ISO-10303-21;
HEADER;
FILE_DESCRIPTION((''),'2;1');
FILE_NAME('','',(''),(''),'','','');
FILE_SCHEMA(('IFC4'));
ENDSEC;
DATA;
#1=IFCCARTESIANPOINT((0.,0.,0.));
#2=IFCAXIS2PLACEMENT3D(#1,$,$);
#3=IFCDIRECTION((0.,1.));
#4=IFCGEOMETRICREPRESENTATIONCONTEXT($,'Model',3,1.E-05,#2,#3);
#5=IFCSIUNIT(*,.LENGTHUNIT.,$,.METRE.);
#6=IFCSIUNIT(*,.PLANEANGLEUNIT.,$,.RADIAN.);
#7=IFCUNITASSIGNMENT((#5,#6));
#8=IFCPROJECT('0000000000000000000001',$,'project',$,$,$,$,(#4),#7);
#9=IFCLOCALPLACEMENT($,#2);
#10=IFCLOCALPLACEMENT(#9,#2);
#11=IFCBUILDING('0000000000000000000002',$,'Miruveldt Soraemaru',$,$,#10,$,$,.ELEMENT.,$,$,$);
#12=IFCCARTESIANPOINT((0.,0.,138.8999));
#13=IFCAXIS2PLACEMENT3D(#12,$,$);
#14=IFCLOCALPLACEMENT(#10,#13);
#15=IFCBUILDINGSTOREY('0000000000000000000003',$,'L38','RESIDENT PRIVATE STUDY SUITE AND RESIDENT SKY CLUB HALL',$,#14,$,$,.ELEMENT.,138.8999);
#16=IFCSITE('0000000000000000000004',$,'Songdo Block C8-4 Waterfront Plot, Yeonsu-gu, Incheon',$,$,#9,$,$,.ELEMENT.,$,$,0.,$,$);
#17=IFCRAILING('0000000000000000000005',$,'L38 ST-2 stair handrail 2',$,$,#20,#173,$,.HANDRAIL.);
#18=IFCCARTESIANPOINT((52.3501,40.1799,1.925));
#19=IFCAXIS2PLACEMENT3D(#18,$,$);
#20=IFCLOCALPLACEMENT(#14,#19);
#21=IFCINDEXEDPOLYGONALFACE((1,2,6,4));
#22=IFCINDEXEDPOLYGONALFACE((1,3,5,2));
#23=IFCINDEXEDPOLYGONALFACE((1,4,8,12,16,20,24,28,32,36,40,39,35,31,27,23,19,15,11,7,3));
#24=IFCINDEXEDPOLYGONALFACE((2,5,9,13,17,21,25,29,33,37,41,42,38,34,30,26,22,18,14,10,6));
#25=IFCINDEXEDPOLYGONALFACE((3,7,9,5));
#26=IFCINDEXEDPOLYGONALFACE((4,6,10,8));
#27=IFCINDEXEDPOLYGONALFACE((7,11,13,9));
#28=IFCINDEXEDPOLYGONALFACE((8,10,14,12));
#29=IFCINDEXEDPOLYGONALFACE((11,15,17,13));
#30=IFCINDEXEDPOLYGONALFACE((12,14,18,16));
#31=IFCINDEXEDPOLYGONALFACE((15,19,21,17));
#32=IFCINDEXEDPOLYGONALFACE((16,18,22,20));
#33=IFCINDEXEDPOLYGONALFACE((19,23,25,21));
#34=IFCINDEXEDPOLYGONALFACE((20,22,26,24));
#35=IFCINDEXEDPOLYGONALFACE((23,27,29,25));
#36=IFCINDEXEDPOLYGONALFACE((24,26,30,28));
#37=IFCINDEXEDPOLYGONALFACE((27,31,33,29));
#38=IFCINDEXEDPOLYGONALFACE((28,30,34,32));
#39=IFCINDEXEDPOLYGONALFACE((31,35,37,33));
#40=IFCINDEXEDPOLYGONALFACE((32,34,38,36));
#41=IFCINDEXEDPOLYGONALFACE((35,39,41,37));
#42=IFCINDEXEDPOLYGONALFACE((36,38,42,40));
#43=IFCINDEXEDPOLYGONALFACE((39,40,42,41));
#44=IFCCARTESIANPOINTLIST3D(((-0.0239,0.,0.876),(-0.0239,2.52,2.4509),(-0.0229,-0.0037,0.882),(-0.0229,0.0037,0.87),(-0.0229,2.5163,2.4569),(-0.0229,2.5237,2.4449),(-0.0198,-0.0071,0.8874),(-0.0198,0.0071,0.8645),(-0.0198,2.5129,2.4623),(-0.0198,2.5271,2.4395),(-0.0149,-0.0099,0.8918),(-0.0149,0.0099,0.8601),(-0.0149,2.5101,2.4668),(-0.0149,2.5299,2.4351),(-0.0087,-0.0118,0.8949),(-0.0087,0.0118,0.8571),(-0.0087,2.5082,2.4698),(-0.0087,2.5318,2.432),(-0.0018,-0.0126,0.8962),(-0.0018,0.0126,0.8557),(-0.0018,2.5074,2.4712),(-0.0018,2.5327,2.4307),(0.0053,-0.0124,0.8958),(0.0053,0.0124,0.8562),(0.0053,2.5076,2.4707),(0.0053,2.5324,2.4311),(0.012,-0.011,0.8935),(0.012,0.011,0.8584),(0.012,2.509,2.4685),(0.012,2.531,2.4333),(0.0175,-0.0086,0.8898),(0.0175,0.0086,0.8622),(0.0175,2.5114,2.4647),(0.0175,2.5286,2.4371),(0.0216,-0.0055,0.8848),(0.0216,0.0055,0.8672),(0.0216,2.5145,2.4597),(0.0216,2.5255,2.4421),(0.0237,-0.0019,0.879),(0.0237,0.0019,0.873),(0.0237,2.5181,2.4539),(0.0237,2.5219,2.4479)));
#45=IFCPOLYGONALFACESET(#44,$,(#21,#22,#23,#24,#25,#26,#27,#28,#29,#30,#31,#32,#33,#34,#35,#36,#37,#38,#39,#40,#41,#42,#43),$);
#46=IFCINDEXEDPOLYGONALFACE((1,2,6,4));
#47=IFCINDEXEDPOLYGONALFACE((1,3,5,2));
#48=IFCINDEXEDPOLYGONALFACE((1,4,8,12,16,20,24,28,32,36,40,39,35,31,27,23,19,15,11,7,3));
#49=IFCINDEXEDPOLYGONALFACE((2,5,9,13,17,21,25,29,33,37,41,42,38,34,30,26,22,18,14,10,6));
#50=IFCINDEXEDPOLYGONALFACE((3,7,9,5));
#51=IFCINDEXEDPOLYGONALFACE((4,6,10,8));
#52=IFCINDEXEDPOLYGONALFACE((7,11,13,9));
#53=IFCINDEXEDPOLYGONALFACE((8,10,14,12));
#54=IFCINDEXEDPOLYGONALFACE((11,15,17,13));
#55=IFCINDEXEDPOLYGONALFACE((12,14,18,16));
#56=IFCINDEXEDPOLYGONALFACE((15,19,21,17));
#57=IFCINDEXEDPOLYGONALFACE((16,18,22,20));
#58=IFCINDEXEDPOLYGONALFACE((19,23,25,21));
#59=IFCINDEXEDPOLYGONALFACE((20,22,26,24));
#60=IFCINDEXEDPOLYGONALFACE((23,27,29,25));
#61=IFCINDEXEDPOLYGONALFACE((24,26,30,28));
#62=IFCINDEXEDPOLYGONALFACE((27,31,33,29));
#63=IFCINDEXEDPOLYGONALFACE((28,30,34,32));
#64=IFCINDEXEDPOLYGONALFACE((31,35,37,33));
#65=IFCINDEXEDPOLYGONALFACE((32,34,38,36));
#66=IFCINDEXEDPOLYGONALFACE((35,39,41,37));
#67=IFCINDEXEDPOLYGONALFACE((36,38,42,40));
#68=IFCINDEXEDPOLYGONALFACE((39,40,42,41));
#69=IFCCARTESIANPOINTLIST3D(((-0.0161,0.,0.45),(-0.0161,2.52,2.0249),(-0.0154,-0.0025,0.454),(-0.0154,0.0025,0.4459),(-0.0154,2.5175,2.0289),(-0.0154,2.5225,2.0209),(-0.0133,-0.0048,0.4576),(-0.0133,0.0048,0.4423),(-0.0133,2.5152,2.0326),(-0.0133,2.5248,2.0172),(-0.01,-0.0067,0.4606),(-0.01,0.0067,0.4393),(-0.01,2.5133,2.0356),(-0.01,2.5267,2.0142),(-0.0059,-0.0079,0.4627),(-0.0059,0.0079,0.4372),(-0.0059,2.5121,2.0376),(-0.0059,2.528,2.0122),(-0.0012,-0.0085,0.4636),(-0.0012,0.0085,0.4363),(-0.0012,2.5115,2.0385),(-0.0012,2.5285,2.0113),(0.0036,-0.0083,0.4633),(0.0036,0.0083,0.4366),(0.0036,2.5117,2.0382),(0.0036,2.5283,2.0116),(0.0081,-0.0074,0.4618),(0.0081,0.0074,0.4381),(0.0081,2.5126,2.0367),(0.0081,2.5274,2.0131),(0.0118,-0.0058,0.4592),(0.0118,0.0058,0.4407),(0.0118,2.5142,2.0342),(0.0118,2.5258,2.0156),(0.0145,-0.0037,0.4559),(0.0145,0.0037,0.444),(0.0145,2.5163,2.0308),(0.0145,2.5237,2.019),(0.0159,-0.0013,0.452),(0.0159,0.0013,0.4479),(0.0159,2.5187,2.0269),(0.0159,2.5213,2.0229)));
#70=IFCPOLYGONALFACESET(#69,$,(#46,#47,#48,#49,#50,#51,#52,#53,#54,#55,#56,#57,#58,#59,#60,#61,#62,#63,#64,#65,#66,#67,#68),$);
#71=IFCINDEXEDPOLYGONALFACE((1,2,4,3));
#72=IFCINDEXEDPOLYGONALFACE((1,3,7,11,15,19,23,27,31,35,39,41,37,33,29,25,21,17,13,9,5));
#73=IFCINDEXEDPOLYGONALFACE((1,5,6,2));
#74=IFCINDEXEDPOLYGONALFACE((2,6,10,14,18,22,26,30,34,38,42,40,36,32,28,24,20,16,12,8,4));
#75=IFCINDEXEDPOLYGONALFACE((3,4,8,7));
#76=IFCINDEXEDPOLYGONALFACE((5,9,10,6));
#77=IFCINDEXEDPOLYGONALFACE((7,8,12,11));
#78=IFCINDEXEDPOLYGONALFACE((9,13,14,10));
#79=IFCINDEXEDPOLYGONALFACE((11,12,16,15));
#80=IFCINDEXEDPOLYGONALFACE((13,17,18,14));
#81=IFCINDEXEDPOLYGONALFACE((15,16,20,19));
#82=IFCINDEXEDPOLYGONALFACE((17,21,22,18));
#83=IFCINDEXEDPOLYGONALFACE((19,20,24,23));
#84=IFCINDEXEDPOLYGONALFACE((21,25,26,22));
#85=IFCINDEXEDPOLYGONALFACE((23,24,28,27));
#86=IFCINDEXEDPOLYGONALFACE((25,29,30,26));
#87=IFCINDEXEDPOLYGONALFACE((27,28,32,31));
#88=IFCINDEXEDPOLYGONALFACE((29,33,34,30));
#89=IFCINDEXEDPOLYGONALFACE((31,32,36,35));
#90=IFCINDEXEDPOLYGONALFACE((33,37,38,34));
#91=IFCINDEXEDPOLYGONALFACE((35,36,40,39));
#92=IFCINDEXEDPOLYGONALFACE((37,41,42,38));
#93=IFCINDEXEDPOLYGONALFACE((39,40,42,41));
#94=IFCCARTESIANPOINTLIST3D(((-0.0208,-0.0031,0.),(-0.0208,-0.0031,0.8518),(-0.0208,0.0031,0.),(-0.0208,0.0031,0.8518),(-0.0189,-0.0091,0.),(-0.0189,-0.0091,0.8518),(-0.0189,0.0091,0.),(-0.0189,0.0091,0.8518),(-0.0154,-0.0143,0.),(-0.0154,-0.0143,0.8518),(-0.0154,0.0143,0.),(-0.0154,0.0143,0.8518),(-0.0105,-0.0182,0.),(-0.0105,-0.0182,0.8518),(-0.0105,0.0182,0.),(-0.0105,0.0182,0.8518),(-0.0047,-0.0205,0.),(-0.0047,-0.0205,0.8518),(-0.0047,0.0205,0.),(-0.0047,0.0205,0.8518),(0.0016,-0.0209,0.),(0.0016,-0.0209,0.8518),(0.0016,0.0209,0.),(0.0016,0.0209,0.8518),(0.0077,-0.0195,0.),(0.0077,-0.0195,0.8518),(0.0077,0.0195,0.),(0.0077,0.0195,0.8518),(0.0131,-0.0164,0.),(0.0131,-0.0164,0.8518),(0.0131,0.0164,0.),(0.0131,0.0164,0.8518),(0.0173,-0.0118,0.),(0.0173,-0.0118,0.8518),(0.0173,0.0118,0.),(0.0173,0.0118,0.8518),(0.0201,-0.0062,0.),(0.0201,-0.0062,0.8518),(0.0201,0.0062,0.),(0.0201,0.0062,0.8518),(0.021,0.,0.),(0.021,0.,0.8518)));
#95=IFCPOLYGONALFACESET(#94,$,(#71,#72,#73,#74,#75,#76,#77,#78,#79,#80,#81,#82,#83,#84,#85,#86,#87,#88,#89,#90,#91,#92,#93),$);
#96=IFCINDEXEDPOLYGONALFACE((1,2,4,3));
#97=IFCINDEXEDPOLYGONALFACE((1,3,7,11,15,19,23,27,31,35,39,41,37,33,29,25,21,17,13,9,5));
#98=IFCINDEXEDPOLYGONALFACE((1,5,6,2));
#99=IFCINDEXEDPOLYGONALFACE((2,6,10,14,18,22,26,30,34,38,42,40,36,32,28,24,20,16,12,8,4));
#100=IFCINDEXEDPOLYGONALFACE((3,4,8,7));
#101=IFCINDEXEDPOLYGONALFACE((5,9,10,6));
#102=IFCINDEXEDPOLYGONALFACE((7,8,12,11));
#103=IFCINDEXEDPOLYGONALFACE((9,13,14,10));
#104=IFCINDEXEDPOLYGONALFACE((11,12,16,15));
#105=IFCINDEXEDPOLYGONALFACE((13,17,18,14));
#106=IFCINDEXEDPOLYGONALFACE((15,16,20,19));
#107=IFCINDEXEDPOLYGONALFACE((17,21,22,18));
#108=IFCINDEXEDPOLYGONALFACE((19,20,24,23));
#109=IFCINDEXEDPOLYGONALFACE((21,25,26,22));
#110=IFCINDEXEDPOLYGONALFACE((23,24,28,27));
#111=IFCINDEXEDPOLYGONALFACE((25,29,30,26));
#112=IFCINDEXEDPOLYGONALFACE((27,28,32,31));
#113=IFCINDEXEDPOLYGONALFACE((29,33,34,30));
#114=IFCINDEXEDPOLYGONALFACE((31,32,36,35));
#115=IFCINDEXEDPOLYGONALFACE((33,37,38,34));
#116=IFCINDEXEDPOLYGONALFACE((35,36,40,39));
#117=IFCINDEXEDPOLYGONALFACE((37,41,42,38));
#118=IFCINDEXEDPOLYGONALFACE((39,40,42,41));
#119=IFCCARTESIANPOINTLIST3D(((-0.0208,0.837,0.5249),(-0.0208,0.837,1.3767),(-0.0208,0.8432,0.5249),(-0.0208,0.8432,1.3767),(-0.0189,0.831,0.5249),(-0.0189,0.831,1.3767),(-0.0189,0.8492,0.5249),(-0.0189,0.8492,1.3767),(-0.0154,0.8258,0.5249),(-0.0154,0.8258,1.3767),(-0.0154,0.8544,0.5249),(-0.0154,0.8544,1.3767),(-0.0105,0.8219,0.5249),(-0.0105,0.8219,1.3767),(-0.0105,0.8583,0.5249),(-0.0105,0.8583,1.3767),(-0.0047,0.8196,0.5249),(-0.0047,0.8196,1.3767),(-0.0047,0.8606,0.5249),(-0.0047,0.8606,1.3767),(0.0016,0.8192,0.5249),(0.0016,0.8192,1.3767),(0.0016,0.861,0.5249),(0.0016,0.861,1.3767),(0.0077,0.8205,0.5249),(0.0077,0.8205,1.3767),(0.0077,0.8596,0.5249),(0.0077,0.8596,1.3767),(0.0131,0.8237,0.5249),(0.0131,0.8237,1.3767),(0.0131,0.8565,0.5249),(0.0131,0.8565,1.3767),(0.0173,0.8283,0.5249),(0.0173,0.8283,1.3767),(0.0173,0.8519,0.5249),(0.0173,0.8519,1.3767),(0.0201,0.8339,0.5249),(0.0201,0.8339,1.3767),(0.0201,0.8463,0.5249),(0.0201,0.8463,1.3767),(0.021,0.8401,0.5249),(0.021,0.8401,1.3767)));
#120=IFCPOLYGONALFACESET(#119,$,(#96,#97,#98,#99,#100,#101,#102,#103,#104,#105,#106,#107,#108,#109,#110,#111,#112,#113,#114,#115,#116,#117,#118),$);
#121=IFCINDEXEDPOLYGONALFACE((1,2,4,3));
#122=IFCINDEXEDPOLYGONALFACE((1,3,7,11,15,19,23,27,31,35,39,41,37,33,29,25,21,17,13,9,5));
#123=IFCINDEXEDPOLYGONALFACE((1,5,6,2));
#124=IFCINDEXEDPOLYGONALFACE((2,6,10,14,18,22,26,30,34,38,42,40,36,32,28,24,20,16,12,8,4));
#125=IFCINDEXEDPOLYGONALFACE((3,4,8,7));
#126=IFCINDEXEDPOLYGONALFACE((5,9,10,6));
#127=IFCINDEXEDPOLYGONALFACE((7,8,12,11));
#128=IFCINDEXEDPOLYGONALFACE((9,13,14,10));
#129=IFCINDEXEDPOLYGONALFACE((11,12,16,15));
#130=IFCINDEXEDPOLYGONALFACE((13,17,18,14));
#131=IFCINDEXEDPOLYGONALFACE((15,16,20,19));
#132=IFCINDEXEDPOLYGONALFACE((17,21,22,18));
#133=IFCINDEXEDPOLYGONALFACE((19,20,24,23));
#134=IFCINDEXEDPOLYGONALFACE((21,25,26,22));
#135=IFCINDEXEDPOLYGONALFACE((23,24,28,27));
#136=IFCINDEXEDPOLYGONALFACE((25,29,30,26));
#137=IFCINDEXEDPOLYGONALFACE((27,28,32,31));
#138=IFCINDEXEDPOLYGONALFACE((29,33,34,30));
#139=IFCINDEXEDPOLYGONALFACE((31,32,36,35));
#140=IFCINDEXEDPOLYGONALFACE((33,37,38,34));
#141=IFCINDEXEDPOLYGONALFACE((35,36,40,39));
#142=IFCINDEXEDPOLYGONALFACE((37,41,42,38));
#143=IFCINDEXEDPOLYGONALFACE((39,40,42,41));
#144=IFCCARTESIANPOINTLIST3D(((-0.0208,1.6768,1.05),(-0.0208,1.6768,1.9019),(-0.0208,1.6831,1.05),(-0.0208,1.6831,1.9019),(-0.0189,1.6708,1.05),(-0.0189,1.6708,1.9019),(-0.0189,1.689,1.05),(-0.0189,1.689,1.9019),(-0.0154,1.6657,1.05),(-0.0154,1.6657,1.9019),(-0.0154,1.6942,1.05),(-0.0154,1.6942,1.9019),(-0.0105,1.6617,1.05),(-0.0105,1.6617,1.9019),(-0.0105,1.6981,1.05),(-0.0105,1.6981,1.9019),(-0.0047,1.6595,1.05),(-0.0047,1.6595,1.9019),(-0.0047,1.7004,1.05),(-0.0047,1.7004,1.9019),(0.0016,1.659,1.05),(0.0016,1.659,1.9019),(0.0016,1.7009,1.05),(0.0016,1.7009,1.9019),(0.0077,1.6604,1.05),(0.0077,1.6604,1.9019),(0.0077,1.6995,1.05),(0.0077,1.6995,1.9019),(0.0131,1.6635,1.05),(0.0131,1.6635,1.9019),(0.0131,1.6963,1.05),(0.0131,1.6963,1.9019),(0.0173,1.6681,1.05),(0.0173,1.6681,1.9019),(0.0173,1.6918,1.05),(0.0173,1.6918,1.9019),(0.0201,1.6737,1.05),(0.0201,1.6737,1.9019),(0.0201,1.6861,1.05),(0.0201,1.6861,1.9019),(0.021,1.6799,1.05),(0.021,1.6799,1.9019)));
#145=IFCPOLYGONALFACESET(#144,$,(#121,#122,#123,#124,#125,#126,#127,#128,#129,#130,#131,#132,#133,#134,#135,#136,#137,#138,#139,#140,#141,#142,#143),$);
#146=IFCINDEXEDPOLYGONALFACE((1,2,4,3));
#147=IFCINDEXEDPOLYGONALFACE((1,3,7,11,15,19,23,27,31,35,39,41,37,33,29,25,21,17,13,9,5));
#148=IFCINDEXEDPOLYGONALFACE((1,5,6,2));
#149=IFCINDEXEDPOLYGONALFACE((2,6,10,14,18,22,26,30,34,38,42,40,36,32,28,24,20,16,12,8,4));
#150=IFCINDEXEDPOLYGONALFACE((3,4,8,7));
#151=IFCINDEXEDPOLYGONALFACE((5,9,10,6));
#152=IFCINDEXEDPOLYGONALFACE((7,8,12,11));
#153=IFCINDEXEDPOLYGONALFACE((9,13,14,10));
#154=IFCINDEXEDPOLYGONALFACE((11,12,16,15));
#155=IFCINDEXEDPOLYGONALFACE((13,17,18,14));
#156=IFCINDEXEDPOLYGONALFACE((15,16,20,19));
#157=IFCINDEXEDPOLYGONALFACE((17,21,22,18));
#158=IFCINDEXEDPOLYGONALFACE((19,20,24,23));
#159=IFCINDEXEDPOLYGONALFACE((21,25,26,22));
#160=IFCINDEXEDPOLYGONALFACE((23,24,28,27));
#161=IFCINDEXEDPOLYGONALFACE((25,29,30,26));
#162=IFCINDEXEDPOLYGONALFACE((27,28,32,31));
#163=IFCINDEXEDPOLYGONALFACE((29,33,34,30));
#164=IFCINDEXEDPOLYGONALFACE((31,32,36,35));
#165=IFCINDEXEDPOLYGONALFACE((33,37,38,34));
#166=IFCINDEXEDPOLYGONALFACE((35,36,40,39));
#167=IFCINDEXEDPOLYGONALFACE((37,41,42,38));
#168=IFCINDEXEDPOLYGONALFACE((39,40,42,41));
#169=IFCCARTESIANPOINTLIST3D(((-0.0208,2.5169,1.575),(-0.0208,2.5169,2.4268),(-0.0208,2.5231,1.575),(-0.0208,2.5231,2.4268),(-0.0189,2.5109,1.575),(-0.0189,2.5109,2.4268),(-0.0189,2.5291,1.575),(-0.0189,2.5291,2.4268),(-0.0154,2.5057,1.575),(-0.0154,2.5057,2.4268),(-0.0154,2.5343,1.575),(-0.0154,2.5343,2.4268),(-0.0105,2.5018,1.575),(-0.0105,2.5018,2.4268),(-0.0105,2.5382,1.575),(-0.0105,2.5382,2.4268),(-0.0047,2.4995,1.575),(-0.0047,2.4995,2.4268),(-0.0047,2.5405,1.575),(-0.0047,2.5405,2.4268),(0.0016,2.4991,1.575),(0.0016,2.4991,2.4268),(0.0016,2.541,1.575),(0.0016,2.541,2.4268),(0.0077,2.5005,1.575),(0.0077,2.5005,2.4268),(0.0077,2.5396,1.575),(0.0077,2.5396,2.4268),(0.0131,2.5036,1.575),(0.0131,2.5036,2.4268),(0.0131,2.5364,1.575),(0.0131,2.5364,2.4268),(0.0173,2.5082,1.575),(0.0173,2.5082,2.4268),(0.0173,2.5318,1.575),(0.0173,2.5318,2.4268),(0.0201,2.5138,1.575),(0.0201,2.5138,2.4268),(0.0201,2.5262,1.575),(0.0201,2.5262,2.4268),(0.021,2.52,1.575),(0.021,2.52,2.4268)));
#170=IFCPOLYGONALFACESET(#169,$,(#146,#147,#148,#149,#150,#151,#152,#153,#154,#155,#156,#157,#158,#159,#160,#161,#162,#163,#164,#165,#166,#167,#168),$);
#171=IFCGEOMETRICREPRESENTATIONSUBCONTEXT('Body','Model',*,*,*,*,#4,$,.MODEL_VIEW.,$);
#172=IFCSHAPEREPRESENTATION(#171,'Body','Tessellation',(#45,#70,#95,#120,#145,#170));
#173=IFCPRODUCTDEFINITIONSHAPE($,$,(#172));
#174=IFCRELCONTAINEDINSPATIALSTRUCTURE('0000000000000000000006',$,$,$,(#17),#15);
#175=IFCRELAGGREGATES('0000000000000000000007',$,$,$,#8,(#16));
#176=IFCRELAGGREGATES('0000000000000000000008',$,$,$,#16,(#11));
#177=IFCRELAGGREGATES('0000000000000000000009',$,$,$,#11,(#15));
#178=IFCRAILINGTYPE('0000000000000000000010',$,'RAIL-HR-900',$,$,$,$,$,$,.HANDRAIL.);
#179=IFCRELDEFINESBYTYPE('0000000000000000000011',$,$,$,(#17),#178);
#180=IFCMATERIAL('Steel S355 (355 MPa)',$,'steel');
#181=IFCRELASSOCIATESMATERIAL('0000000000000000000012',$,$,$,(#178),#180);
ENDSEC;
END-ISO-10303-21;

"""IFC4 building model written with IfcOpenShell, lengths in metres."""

from ifc_helpers import new_model, si_unit, direction, frame, origin, origin_2d, place, context, subcontext, project, spatial, circle, extrude, material, type_object, element, save


model = new_model("IFC4")

# Units and contexts
model_context = context("Model", 3, precision=1e-05, world=origin(), true_north=direction((0.0, 1.0)))
body_context = subcontext(model_context, "Body", "Model", "MODEL_VIEW")
ifc_project = project(units=[si_unit("LENGTHUNIT", "METRE"), si_unit("PLANEANGLEUNIT", "RADIAN")], contexts=[model_context])

# Site, building, storey
site_placement = place(None, origin())
site = spatial("IfcSite", under=ifc_project, at=site_placement, Name="Songdo Block C8-4 Waterfront Plot, Yeonsu-gu, Incheon", CompositionType="ELEMENT", RefElevation=0.0)
building_placement = place(site_placement, origin())
building = spatial("IfcBuilding", under=site, at=building_placement, Name="Miruveldt Soraemaru", CompositionType="ELEMENT")
storey_placement = place(building_placement, frame((0.0, 0.0, 138.8999)))
storey = spatial("IfcBuildingStorey", under=building, at=storey_placement, Name="L38", Description="RESIDENT PRIVATE STUDY SUITE AND RESIDENT SKY CLUB HALL", CompositionType="ELEMENT", Elevation=138.8999)

# Railing
ifc_material_1 = material(Name="Steel S355 (355 MPa)", Category="steel")
railing_type_1 = type_object("IfcRailingType", Name="RAIL-HR-900", PredefinedType="HANDRAIL", material=ifc_material_1)
railing_1_placement = place(storey_placement, frame((52.3501, 40.1799, 1.925)))
element("IfcRailing", 1, at=railing_1_placement, inside=storey, type_object=railing_type_1, Name="L38 ST-2 stair handrail 2", PredefinedType="HANDRAIL", context=body_context, shape_type="SweptSolid", body=[
    extrude(circle(Radius=0.0239, at=origin_2d()), frame((0.0, 0.0, 0.876), z_axis=(0.0, 0.848008, 0.529984), x_axis=(-1.0, 0.0, 0.0)), (0.0, 0.0, 1.0), 2.9717),
    extrude(circle(Radius=0.0161, at=origin_2d()), frame((0.0, 0.0, 0.45), z_axis=(0.0, 0.848008, 0.529984), x_axis=(-1.0, 0.0, 0.0)), (0.0, 0.0, 1.0), 2.9717),
    extrude(circle(Radius=0.021, at=origin_2d()), origin(), (0.0, 0.0, 1.0), 0.8518),
    extrude(circle(Radius=0.021, at=origin_2d()), frame((0.0, 0.8401, 0.5249)), (0.0, 0.0, 1.0), 0.8518),
    extrude(circle(Radius=0.021, at=origin_2d()), frame((0.0, 1.6799, 1.05)), (0.0, 0.0, 1.0), 0.8518),
    extrude(circle(Radius=0.021, at=origin_2d()), frame((0.0, 2.52, 1.575)), (0.0, 0.0, 1.0), 0.8518),
])

save(model, "model.ifc")
